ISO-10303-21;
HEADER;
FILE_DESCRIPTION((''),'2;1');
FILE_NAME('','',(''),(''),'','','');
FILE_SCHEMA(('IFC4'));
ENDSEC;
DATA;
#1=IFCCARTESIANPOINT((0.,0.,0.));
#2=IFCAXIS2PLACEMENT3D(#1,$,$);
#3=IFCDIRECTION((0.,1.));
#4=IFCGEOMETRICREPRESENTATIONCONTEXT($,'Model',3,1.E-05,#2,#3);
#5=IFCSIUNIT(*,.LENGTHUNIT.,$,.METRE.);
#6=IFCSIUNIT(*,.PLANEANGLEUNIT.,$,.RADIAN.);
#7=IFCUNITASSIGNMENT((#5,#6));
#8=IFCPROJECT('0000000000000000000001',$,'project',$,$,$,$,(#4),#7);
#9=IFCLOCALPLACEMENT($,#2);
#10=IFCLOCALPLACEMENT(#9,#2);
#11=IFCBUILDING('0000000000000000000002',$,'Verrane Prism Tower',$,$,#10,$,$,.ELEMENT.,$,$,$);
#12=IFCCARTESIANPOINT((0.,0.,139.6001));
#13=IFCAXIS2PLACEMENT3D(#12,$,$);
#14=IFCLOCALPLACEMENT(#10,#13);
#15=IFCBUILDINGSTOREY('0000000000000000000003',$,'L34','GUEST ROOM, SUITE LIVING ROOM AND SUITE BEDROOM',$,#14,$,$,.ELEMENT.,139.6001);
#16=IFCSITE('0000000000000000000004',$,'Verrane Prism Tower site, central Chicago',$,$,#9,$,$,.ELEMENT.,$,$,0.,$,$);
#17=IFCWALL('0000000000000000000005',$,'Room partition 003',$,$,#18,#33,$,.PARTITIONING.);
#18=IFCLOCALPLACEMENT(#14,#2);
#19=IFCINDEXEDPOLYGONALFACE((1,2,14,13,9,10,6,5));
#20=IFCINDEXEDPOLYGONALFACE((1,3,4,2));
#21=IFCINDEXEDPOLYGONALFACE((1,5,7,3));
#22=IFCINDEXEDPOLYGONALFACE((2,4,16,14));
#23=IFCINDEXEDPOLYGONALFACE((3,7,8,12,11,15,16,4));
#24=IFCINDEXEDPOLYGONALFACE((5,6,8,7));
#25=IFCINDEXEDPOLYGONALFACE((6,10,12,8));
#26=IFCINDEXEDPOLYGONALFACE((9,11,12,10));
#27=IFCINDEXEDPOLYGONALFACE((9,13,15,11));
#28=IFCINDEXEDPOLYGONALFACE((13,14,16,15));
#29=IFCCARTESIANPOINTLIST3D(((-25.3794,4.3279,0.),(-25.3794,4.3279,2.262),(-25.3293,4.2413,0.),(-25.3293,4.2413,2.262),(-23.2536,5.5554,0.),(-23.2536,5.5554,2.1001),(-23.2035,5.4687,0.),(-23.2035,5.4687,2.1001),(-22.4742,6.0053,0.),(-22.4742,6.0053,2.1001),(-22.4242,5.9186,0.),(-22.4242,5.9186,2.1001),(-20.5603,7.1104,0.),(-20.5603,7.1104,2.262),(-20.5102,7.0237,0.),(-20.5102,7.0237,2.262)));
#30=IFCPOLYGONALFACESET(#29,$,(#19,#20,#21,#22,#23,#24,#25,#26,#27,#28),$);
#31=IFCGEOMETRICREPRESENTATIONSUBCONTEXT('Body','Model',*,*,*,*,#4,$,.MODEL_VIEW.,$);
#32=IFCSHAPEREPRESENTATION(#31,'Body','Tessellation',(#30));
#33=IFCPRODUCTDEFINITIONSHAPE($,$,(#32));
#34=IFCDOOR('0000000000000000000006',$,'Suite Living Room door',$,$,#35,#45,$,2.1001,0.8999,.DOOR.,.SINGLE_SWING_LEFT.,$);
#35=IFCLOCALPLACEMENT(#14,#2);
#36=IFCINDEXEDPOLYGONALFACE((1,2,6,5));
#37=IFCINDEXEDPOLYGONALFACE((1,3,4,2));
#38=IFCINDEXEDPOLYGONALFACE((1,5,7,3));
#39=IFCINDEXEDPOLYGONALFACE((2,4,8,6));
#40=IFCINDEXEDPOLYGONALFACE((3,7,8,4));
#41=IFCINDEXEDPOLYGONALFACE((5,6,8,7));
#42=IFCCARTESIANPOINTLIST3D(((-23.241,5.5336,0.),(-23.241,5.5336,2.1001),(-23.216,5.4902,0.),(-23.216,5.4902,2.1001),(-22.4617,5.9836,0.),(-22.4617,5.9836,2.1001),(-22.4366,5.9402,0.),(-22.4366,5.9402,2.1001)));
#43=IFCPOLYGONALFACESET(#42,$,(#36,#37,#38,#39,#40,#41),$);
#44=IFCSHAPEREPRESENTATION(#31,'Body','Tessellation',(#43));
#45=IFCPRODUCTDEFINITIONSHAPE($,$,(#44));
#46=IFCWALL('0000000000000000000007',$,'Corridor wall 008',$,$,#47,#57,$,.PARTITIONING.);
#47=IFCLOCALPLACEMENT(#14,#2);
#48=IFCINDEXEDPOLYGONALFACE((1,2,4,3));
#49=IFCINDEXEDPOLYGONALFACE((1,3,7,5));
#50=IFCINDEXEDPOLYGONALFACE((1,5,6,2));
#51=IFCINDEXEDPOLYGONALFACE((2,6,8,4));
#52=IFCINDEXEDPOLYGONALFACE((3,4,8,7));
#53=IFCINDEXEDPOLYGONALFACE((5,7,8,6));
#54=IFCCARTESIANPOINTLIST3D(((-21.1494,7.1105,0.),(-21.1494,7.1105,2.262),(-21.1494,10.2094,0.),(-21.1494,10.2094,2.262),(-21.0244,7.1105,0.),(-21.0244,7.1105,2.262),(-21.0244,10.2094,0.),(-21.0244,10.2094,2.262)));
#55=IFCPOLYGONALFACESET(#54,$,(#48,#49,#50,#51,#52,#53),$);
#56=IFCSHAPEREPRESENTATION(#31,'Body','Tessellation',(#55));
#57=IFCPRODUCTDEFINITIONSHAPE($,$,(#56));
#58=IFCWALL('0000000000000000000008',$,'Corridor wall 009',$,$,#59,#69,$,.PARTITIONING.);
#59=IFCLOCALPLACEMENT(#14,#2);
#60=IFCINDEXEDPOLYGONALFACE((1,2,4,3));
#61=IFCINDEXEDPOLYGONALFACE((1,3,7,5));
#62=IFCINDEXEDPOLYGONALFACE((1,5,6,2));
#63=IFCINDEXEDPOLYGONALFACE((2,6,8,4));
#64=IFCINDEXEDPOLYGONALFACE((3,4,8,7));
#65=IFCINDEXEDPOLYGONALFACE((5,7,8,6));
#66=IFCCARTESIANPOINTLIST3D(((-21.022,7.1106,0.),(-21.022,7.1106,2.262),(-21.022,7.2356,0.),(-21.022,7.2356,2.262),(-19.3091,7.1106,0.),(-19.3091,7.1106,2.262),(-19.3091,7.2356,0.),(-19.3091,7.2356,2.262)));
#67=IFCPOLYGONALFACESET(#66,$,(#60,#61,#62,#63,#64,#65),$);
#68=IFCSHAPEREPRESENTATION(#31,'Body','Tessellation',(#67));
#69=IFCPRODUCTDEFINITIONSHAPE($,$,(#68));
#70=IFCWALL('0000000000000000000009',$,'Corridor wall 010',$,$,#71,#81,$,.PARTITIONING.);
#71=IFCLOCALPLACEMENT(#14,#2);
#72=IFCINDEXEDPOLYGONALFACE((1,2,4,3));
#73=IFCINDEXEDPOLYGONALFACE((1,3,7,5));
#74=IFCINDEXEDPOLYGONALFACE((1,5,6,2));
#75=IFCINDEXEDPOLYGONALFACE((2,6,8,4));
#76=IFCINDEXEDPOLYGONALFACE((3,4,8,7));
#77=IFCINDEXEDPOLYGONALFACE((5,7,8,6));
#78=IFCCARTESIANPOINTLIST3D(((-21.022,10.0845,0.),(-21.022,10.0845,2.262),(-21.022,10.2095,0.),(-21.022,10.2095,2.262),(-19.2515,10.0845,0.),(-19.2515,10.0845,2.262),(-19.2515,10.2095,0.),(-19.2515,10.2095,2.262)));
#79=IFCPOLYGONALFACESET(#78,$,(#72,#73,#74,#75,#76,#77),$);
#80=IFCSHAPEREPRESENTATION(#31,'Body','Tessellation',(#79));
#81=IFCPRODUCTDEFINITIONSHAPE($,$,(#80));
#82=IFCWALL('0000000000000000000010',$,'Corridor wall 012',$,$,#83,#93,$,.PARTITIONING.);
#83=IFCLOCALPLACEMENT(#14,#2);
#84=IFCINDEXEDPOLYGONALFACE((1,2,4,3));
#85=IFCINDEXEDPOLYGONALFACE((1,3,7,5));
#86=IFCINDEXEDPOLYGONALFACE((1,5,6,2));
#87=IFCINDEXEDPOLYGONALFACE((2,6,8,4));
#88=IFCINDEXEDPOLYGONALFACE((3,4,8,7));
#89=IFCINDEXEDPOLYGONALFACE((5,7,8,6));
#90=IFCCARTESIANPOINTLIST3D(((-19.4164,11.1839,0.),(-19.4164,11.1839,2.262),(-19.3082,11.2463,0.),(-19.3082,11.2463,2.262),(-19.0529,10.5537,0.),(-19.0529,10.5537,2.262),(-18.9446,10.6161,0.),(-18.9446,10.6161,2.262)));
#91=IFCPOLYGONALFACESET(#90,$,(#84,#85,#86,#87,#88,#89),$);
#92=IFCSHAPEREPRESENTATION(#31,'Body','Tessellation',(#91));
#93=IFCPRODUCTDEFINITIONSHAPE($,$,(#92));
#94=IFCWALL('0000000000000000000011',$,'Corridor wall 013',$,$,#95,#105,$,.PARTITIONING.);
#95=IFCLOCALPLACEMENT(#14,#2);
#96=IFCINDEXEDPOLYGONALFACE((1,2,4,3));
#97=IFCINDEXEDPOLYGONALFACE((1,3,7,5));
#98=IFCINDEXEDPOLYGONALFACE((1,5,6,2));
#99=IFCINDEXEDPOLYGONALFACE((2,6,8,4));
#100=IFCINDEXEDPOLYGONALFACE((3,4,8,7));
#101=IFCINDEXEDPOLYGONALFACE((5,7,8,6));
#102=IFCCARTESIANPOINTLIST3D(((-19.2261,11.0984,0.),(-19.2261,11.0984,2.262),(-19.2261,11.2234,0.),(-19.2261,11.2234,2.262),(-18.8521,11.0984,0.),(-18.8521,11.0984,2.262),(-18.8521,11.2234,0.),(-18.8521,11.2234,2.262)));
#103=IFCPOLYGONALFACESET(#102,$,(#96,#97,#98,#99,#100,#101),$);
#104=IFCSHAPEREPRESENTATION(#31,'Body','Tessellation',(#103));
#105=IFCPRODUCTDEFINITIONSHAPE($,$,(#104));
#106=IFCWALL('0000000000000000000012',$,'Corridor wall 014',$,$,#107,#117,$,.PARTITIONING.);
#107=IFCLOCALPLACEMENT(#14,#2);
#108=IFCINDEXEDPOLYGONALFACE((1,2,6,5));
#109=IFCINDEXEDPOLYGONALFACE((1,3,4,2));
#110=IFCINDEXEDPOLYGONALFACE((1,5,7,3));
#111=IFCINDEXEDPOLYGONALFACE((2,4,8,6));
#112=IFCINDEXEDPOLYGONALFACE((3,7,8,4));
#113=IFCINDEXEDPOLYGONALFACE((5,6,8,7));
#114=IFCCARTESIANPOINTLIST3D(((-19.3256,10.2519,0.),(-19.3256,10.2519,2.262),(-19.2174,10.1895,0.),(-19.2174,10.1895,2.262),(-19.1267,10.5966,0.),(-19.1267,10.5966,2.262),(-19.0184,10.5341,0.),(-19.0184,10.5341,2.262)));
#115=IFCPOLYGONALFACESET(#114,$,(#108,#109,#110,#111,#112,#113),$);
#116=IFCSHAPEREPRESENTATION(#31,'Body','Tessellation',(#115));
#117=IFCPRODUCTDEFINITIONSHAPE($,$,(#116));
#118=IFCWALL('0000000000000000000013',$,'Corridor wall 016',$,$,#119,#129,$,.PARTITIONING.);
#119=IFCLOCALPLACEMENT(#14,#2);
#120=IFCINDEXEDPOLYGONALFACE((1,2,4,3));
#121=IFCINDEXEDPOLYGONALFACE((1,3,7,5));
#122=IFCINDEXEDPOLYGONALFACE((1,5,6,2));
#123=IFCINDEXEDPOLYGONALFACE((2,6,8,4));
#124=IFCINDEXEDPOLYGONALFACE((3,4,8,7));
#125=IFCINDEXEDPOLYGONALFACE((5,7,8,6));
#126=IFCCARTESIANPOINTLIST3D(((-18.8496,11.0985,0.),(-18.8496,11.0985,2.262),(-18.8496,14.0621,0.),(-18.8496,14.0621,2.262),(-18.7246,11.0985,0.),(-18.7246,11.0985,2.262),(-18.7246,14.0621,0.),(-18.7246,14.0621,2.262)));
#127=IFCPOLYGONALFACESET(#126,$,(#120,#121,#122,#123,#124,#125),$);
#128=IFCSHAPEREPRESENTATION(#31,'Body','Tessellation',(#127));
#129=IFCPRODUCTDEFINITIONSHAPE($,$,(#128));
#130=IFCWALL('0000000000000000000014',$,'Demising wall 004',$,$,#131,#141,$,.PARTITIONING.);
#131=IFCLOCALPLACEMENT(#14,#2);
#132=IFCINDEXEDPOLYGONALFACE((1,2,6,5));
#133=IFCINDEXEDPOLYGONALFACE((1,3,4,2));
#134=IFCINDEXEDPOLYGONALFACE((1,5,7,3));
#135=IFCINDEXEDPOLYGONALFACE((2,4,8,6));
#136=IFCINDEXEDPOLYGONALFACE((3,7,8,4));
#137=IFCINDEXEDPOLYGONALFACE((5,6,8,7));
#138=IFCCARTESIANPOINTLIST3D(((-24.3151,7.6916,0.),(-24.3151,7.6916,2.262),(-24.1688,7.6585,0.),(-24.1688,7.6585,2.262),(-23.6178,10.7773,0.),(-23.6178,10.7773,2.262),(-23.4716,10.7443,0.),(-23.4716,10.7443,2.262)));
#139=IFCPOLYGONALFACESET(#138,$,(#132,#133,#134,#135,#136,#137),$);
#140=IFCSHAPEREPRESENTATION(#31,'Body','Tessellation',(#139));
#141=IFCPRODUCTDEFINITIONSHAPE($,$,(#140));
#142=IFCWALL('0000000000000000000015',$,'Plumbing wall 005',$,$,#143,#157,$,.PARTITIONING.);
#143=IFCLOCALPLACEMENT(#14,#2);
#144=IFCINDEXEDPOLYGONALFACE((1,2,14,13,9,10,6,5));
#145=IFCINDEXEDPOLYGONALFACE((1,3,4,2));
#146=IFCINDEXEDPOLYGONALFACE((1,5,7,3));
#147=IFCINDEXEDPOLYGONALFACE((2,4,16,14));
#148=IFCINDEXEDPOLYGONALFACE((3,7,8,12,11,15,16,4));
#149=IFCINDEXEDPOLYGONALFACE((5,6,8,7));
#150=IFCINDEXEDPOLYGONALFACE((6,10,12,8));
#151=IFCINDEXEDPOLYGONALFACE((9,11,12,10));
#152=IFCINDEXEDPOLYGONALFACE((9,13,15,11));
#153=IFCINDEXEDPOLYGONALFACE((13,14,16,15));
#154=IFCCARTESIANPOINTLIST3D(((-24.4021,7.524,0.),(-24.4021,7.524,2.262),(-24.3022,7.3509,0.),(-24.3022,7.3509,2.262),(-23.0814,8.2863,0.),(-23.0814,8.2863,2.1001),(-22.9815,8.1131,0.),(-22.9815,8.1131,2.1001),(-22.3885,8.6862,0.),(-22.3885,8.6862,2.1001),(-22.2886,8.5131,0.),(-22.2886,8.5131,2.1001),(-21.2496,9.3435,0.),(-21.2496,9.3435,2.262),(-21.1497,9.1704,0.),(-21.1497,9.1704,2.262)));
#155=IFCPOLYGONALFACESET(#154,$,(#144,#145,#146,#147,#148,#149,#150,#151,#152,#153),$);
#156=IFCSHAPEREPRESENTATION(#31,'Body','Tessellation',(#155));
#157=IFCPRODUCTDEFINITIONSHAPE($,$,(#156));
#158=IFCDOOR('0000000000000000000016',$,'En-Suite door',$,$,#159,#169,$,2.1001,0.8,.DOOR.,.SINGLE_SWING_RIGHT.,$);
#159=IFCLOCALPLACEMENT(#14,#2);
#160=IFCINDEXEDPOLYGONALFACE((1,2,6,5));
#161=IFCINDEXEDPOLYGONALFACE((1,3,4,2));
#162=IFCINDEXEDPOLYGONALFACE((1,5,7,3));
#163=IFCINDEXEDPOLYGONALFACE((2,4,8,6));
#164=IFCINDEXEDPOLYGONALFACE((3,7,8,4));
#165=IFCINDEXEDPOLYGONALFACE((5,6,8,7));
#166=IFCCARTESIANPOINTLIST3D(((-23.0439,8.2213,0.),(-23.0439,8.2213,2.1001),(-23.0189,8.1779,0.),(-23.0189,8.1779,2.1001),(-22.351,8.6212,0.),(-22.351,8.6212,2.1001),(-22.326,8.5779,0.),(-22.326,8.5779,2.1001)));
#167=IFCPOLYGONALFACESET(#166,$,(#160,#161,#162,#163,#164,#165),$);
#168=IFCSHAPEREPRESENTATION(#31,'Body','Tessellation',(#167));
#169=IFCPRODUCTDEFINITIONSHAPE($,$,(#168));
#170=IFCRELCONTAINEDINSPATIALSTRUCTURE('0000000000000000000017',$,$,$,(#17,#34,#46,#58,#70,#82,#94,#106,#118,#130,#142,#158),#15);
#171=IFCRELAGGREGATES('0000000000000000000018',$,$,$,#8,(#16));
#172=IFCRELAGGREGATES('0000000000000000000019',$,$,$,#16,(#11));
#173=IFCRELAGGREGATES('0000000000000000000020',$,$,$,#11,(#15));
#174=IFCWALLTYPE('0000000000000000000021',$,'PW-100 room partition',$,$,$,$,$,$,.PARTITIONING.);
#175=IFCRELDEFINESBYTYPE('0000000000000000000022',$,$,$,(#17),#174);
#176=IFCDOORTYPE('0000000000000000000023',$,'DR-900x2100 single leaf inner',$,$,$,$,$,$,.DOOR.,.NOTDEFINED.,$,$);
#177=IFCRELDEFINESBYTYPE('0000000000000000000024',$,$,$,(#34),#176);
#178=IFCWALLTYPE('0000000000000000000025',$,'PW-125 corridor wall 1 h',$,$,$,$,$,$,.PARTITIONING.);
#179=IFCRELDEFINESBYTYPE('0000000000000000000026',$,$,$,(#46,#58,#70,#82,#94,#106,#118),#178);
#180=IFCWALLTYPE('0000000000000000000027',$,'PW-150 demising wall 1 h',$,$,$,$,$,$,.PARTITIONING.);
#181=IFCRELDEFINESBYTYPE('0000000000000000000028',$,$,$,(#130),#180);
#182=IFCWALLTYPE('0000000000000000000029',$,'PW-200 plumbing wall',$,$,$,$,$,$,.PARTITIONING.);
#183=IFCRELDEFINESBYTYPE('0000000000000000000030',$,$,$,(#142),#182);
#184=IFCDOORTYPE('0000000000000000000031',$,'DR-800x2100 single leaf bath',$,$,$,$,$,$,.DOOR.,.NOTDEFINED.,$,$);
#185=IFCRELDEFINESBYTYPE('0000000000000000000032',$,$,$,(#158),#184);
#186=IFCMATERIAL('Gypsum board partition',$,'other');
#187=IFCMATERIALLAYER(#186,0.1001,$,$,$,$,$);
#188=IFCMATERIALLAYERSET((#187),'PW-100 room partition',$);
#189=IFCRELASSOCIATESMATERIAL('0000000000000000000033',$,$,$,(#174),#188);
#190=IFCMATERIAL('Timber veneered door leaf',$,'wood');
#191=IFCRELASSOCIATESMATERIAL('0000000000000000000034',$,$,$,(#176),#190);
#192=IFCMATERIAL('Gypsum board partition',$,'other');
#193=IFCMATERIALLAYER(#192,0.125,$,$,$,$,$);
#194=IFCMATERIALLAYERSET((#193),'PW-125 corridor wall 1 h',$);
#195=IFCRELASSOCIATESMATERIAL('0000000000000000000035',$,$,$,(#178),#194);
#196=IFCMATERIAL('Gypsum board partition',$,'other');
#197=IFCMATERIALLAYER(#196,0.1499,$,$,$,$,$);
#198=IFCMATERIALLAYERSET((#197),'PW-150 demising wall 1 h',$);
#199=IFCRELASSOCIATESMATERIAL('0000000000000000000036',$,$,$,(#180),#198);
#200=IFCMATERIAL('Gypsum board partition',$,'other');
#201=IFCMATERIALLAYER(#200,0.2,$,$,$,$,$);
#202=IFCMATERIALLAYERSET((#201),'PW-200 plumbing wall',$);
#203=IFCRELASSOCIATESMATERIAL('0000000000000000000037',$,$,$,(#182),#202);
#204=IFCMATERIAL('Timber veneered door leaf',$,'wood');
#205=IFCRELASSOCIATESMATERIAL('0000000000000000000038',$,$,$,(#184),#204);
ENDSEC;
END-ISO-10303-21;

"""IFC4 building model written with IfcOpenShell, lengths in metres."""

from ifc_helpers import new_model, si_unit, direction, frame, frame_2d, origin, place, context, subcontext, project, spatial, rectangle, extrude, material, layer, layer_set, type_object, element, fill, save


model = new_model("IFC4")

# Units and contexts
model_context = context("Model", 3, precision=1e-05, world=origin(), true_north=direction((0.0, 1.0)))
body_context = subcontext(model_context, "Body", "Model", "MODEL_VIEW")
ifc_project = project(units=[si_unit("LENGTHUNIT", "METRE"), si_unit("PLANEANGLEUNIT", "RADIAN")], contexts=[model_context])

# Site, building, storey
site_placement = place(None, origin())
site = spatial("IfcSite", under=ifc_project, at=site_placement, Name="Verrane Prism Tower site, central Chicago", CompositionType="ELEMENT", RefElevation=0.0)
building_placement = place(site_placement, origin())
building = spatial("IfcBuilding", under=site, at=building_placement, Name="Verrane Prism Tower", CompositionType="ELEMENT")
storey_placement = place(building_placement, frame((0.0, 0.0, 139.6001)))
storey = spatial("IfcBuildingStorey", under=building, at=storey_placement, Name="L34", Description="GUEST ROOM, SUITE LIVING ROOM AND SUITE BEDROOM", CompositionType="ELEMENT", Elevation=139.6001)

# Wall, opening, door
ifc_material_1 = material(Name="Gypsum board partition", Category="other")
ifc_layer_1 = layer(ifc_material_1, 0.1001)
ifc_layer_set_1 = layer_set([ifc_layer_1], Name="PW-100 room partition")
wall_type_1 = type_object("IfcWallType", Name="PW-100 room partition", PredefinedType="PARTITIONING", material=ifc_layer_set_1)
wall_1_placement = place(storey_placement, frame((-25.3542, 4.2847, 0.0), z_axis=(0.0, 0.0, 1.0), x_axis=(0.866012, 0.500022, 0.0)))
wall_1 = element("IfcWall", 1, at=wall_1_placement, inside=storey, type_object=wall_type_1, Name="Room partition 003", PredefinedType="PARTITIONING", context=body_context, shape_type="SweptSolid", body=[
    extrude(rectangle(XDim=5.5647, YDim=0.1001, at=frame_2d((2.7822, 0.0))), origin(), (0.0, 0.0, 1.0), 2.262),
])
opening_1_placement = place(wall_1_placement, frame((2.4546, 0.0, 0.0)))
opening_1 = element("IfcOpeningElement", 2, at=opening_1_placement, cuts=wall_1, PredefinedType="OPENING", context=body_context, shape_type="SweptSolid", body=[
    extrude(rectangle(XDim=0.8999, YDim=2.1001, at=frame_2d((0.45, 1.05))), frame((0.0, 0.0601, 0.0), z_axis=(0.0, -1.0, 0.0), x_axis=(1.0, 0.0, 0.0)), (0.0, 0.0, 1.0), 0.1201),
])
ifc_material_2 = material(Name="Timber veneered door leaf", Category="wood")
door_type_1 = type_object("IfcDoorType", Name="DR-900x2100 single leaf inner", OperationType="NOTDEFINED", PredefinedType="DOOR", material=ifc_material_2)
door_1_placement = place(opening_1_placement, origin())
door_1 = element("IfcDoor", 3, at=door_1_placement, inside=storey, type_object=door_type_1, Name="Suite Living Room door", OperationType="SINGLE_SWING_LEFT", OverallHeight=2.1001, OverallWidth=0.8999, PredefinedType="DOOR", context=body_context, shape_type="SweptSolid", body=[
    extrude(rectangle(XDim=0.8999, YDim=2.1001, at=frame_2d((0.45, 1.05))), frame((0.0, 0.0249, 0.0), z_axis=(0.0, -1.0, 0.0), x_axis=(1.0, 0.0, 0.0)), (0.0, 0.0, 1.0), 0.05),
])
fill(opening_1, door_1)

# Walls
ifc_material_3 = material(Name="Gypsum board partition", Category="other")
ifc_layer_2 = layer(ifc_material_3, 0.125)
ifc_layer_set_2 = layer_set([ifc_layer_2], Name="PW-125 corridor wall 1 h")
wall_type_2 = type_object("IfcWallType", Name="PW-125 corridor wall 1 h", PredefinedType="PARTITIONING", material=ifc_layer_set_2)
wall_2_placement = place(storey_placement, frame((-21.0869, 7.1106, 0.0), z_axis=(0.0, 0.0, 1.0), x_axis=(0.0, 1.0, 0.0)))
element("IfcWall", 4, at=wall_2_placement, inside=storey, type_object=wall_type_2, Name="Corridor wall 008", PredefinedType="PARTITIONING", context=body_context, shape_type="SweptSolid", body=[
    extrude(rectangle(XDim=3.0989, YDim=0.125, at=frame_2d((1.5493, 0.0))), origin(), (0.0, 0.0, 1.0), 2.262),
])
wall_3_placement = place(storey_placement, frame((-21.022, 7.1731, 0.0), z_axis=(0.0, 0.0, 1.0), x_axis=(1.0, 0.0, 0.0)))
element("IfcWall", 5, at=wall_3_placement, inside=storey, type_object=wall_type_2, Name="Corridor wall 009", PredefinedType="PARTITIONING", context=body_context, shape_type="SweptSolid", body=[
    extrude(rectangle(XDim=1.7129, YDim=0.125, at=frame_2d((0.8564, 0.0))), origin(), (0.0, 0.0, 1.0), 2.262),
])
wall_4_placement = place(storey_placement, frame((-21.022, 10.147, 0.0), z_axis=(0.0, 0.0, 1.0), x_axis=(1.0, 0.0, 0.0)))
element("IfcWall", 6, at=wall_4_placement, inside=storey, type_object=wall_type_2, Name="Corridor wall 010", PredefinedType="PARTITIONING", context=body_context, shape_type="SweptSolid", body=[
    extrude(rectangle(XDim=1.7705, YDim=0.125, at=frame_2d((0.8853, 0.0))), origin(), (0.0, 0.0, 1.0), 2.262),
])
wall_5_placement = place(storey_placement, frame((-19.3623, 11.2151, 0.0), z_axis=(0.0, 0.0, 1.0), x_axis=(0.499713, -0.866191, 0.0)))
element("IfcWall", 7, at=wall_5_placement, inside=storey, type_object=wall_type_2, Name="Corridor wall 012", PredefinedType="PARTITIONING", context=body_context, shape_type="SweptSolid", body=[
    extrude(rectangle(XDim=0.7275, YDim=0.125, at=frame_2d((0.3638, 0.0))), origin(), (0.0, 0.0, 1.0), 2.262),
])
wall_6_placement = place(storey_placement, frame((-19.2261, 11.1609, 0.0), z_axis=(0.0, 0.0, 1.0), x_axis=(1.0, 0.0, 0.0)))
element("IfcWall", 8, at=wall_6_placement, inside=storey, type_object=wall_type_2, Name="Corridor wall 013", PredefinedType="PARTITIONING", context=body_context, shape_type="SweptSolid", body=[
    extrude(rectangle(XDim=0.374, YDim=0.125, at=frame_2d((0.187, 0.0))), origin(), (0.0, 0.0, 1.0), 2.262),
])
wall_7_placement = place(storey_placement, frame((-19.2715, 10.2207, 0.0), z_axis=(0.0, 0.0, 1.0), x_axis=(0.499899, 0.866083, 0.0)))
element("IfcWall", 9, at=wall_7_placement, inside=storey, type_object=wall_type_2, Name="Corridor wall 014", PredefinedType="PARTITIONING", context=body_context, shape_type="SweptSolid", body=[
    extrude(rectangle(XDim=0.3979, YDim=0.125, at=frame_2d((0.199, 0.0))), origin(), (0.0, 0.0, 1.0), 2.262),
])
wall_8_placement = place(storey_placement, frame((-18.7871, 11.0984, 0.0), z_axis=(0.0, 0.0, 1.0), x_axis=(0.0, 1.0, 0.0)))
element("IfcWall", 10, at=wall_8_placement, inside=storey, type_object=wall_type_2, Name="Corridor wall 016", PredefinedType="PARTITIONING", context=body_context, shape_type="SweptSolid", body=[
    extrude(rectangle(XDim=2.9636, YDim=0.125, at=frame_2d((1.4819, 0.0))), origin(), (0.0, 0.0, 1.0), 2.262),
])
ifc_material_4 = material(Name="Gypsum board partition", Category="other")
ifc_layer_3 = layer(ifc_material_4, 0.1499)
ifc_layer_set_3 = layer_set([ifc_layer_3], Name="PW-150 demising wall 1 h")
wall_type_3 = type_object("IfcWallType", Name="PW-150 demising wall 1 h", PredefinedType="PARTITIONING", material=ifc_layer_set_3)
wall_9_placement = place(storey_placement, frame((-24.2419, 7.675, 0.0), z_axis=(0.0, 0.0, 1.0), x_axis=(0.22041, 0.975407, 0.0)))
element("IfcWall", 11, at=wall_9_placement, inside=storey, type_object=wall_type_3, Name="Demising wall 004", PredefinedType="PARTITIONING", context=body_context, shape_type="SweptSolid", body=[
    extrude(rectangle(XDim=3.1636, YDim=0.1499, at=frame_2d((1.5818, 0.0))), origin(), (0.0, 0.0, 1.0), 2.262),
])

# Wall, opening, door
ifc_material_5 = material(Name="Gypsum board partition", Category="other")
ifc_layer_4 = layer(ifc_material_5, 0.2)
ifc_layer_set_4 = layer_set([ifc_layer_4], Name="PW-200 plumbing wall")
wall_type_4 = type_object("IfcWallType", Name="PW-200 plumbing wall", PredefinedType="PARTITIONING", material=ifc_layer_set_4)
wall_10_placement = place(storey_placement, frame((-24.3521, 7.4375, 0.0), z_axis=(0.0, 0.0, 1.0), x_axis=(0.866093, 0.499883, 0.0)))
wall_10 = element("IfcWall", 12, at=wall_10_placement, inside=storey, type_object=wall_type_4, Name="Plumbing wall 005", PredefinedType="PARTITIONING", context=body_context, shape_type="SweptSolid", body=[
    extrude(rectangle(XDim=3.6399, YDim=0.2, at=frame_2d((1.8198, 0.0))), origin(), (0.0, 0.0, 1.0), 2.262),
])
opening_2_placement = place(wall_10_placement, frame((1.5249, 0.0, 0.0)))
opening_2 = element("IfcOpeningElement", 13, at=opening_2_placement, cuts=wall_10, PredefinedType="OPENING", context=body_context, shape_type="SweptSolid", body=[
    extrude(rectangle(XDim=0.8, YDim=2.1001, at=frame_2d((0.3999, 1.05))), frame((0.0, 0.1099, 0.0), z_axis=(0.0, -1.0, 0.0), x_axis=(1.0, 0.0, 0.0)), (0.0, 0.0, 1.0), 0.22),
])
ifc_material_6 = material(Name="Timber veneered door leaf", Category="wood")
door_type_2 = type_object("IfcDoorType", Name="DR-800x2100 single leaf bath", OperationType="NOTDEFINED", PredefinedType="DOOR", material=ifc_material_6)
door_2_placement = place(opening_2_placement, origin())
door_2 = element("IfcDoor", 14, at=door_2_placement, inside=storey, type_object=door_type_2, Name="En-Suite door", OperationType="SINGLE_SWING_RIGHT", OverallHeight=2.1001, OverallWidth=0.8, PredefinedType="DOOR", context=body_context, shape_type="SweptSolid", body=[
    extrude(rectangle(XDim=0.8, YDim=2.1001, at=frame_2d((0.3999, 1.05))), frame((0.0, 0.0249, 0.0), z_axis=(0.0, -1.0, 0.0), x_axis=(1.0, 0.0, 0.0)), (0.0, 0.0, 1.0), 0.05),
])
fill(opening_2, door_2)

save(model, "model.ifc")
